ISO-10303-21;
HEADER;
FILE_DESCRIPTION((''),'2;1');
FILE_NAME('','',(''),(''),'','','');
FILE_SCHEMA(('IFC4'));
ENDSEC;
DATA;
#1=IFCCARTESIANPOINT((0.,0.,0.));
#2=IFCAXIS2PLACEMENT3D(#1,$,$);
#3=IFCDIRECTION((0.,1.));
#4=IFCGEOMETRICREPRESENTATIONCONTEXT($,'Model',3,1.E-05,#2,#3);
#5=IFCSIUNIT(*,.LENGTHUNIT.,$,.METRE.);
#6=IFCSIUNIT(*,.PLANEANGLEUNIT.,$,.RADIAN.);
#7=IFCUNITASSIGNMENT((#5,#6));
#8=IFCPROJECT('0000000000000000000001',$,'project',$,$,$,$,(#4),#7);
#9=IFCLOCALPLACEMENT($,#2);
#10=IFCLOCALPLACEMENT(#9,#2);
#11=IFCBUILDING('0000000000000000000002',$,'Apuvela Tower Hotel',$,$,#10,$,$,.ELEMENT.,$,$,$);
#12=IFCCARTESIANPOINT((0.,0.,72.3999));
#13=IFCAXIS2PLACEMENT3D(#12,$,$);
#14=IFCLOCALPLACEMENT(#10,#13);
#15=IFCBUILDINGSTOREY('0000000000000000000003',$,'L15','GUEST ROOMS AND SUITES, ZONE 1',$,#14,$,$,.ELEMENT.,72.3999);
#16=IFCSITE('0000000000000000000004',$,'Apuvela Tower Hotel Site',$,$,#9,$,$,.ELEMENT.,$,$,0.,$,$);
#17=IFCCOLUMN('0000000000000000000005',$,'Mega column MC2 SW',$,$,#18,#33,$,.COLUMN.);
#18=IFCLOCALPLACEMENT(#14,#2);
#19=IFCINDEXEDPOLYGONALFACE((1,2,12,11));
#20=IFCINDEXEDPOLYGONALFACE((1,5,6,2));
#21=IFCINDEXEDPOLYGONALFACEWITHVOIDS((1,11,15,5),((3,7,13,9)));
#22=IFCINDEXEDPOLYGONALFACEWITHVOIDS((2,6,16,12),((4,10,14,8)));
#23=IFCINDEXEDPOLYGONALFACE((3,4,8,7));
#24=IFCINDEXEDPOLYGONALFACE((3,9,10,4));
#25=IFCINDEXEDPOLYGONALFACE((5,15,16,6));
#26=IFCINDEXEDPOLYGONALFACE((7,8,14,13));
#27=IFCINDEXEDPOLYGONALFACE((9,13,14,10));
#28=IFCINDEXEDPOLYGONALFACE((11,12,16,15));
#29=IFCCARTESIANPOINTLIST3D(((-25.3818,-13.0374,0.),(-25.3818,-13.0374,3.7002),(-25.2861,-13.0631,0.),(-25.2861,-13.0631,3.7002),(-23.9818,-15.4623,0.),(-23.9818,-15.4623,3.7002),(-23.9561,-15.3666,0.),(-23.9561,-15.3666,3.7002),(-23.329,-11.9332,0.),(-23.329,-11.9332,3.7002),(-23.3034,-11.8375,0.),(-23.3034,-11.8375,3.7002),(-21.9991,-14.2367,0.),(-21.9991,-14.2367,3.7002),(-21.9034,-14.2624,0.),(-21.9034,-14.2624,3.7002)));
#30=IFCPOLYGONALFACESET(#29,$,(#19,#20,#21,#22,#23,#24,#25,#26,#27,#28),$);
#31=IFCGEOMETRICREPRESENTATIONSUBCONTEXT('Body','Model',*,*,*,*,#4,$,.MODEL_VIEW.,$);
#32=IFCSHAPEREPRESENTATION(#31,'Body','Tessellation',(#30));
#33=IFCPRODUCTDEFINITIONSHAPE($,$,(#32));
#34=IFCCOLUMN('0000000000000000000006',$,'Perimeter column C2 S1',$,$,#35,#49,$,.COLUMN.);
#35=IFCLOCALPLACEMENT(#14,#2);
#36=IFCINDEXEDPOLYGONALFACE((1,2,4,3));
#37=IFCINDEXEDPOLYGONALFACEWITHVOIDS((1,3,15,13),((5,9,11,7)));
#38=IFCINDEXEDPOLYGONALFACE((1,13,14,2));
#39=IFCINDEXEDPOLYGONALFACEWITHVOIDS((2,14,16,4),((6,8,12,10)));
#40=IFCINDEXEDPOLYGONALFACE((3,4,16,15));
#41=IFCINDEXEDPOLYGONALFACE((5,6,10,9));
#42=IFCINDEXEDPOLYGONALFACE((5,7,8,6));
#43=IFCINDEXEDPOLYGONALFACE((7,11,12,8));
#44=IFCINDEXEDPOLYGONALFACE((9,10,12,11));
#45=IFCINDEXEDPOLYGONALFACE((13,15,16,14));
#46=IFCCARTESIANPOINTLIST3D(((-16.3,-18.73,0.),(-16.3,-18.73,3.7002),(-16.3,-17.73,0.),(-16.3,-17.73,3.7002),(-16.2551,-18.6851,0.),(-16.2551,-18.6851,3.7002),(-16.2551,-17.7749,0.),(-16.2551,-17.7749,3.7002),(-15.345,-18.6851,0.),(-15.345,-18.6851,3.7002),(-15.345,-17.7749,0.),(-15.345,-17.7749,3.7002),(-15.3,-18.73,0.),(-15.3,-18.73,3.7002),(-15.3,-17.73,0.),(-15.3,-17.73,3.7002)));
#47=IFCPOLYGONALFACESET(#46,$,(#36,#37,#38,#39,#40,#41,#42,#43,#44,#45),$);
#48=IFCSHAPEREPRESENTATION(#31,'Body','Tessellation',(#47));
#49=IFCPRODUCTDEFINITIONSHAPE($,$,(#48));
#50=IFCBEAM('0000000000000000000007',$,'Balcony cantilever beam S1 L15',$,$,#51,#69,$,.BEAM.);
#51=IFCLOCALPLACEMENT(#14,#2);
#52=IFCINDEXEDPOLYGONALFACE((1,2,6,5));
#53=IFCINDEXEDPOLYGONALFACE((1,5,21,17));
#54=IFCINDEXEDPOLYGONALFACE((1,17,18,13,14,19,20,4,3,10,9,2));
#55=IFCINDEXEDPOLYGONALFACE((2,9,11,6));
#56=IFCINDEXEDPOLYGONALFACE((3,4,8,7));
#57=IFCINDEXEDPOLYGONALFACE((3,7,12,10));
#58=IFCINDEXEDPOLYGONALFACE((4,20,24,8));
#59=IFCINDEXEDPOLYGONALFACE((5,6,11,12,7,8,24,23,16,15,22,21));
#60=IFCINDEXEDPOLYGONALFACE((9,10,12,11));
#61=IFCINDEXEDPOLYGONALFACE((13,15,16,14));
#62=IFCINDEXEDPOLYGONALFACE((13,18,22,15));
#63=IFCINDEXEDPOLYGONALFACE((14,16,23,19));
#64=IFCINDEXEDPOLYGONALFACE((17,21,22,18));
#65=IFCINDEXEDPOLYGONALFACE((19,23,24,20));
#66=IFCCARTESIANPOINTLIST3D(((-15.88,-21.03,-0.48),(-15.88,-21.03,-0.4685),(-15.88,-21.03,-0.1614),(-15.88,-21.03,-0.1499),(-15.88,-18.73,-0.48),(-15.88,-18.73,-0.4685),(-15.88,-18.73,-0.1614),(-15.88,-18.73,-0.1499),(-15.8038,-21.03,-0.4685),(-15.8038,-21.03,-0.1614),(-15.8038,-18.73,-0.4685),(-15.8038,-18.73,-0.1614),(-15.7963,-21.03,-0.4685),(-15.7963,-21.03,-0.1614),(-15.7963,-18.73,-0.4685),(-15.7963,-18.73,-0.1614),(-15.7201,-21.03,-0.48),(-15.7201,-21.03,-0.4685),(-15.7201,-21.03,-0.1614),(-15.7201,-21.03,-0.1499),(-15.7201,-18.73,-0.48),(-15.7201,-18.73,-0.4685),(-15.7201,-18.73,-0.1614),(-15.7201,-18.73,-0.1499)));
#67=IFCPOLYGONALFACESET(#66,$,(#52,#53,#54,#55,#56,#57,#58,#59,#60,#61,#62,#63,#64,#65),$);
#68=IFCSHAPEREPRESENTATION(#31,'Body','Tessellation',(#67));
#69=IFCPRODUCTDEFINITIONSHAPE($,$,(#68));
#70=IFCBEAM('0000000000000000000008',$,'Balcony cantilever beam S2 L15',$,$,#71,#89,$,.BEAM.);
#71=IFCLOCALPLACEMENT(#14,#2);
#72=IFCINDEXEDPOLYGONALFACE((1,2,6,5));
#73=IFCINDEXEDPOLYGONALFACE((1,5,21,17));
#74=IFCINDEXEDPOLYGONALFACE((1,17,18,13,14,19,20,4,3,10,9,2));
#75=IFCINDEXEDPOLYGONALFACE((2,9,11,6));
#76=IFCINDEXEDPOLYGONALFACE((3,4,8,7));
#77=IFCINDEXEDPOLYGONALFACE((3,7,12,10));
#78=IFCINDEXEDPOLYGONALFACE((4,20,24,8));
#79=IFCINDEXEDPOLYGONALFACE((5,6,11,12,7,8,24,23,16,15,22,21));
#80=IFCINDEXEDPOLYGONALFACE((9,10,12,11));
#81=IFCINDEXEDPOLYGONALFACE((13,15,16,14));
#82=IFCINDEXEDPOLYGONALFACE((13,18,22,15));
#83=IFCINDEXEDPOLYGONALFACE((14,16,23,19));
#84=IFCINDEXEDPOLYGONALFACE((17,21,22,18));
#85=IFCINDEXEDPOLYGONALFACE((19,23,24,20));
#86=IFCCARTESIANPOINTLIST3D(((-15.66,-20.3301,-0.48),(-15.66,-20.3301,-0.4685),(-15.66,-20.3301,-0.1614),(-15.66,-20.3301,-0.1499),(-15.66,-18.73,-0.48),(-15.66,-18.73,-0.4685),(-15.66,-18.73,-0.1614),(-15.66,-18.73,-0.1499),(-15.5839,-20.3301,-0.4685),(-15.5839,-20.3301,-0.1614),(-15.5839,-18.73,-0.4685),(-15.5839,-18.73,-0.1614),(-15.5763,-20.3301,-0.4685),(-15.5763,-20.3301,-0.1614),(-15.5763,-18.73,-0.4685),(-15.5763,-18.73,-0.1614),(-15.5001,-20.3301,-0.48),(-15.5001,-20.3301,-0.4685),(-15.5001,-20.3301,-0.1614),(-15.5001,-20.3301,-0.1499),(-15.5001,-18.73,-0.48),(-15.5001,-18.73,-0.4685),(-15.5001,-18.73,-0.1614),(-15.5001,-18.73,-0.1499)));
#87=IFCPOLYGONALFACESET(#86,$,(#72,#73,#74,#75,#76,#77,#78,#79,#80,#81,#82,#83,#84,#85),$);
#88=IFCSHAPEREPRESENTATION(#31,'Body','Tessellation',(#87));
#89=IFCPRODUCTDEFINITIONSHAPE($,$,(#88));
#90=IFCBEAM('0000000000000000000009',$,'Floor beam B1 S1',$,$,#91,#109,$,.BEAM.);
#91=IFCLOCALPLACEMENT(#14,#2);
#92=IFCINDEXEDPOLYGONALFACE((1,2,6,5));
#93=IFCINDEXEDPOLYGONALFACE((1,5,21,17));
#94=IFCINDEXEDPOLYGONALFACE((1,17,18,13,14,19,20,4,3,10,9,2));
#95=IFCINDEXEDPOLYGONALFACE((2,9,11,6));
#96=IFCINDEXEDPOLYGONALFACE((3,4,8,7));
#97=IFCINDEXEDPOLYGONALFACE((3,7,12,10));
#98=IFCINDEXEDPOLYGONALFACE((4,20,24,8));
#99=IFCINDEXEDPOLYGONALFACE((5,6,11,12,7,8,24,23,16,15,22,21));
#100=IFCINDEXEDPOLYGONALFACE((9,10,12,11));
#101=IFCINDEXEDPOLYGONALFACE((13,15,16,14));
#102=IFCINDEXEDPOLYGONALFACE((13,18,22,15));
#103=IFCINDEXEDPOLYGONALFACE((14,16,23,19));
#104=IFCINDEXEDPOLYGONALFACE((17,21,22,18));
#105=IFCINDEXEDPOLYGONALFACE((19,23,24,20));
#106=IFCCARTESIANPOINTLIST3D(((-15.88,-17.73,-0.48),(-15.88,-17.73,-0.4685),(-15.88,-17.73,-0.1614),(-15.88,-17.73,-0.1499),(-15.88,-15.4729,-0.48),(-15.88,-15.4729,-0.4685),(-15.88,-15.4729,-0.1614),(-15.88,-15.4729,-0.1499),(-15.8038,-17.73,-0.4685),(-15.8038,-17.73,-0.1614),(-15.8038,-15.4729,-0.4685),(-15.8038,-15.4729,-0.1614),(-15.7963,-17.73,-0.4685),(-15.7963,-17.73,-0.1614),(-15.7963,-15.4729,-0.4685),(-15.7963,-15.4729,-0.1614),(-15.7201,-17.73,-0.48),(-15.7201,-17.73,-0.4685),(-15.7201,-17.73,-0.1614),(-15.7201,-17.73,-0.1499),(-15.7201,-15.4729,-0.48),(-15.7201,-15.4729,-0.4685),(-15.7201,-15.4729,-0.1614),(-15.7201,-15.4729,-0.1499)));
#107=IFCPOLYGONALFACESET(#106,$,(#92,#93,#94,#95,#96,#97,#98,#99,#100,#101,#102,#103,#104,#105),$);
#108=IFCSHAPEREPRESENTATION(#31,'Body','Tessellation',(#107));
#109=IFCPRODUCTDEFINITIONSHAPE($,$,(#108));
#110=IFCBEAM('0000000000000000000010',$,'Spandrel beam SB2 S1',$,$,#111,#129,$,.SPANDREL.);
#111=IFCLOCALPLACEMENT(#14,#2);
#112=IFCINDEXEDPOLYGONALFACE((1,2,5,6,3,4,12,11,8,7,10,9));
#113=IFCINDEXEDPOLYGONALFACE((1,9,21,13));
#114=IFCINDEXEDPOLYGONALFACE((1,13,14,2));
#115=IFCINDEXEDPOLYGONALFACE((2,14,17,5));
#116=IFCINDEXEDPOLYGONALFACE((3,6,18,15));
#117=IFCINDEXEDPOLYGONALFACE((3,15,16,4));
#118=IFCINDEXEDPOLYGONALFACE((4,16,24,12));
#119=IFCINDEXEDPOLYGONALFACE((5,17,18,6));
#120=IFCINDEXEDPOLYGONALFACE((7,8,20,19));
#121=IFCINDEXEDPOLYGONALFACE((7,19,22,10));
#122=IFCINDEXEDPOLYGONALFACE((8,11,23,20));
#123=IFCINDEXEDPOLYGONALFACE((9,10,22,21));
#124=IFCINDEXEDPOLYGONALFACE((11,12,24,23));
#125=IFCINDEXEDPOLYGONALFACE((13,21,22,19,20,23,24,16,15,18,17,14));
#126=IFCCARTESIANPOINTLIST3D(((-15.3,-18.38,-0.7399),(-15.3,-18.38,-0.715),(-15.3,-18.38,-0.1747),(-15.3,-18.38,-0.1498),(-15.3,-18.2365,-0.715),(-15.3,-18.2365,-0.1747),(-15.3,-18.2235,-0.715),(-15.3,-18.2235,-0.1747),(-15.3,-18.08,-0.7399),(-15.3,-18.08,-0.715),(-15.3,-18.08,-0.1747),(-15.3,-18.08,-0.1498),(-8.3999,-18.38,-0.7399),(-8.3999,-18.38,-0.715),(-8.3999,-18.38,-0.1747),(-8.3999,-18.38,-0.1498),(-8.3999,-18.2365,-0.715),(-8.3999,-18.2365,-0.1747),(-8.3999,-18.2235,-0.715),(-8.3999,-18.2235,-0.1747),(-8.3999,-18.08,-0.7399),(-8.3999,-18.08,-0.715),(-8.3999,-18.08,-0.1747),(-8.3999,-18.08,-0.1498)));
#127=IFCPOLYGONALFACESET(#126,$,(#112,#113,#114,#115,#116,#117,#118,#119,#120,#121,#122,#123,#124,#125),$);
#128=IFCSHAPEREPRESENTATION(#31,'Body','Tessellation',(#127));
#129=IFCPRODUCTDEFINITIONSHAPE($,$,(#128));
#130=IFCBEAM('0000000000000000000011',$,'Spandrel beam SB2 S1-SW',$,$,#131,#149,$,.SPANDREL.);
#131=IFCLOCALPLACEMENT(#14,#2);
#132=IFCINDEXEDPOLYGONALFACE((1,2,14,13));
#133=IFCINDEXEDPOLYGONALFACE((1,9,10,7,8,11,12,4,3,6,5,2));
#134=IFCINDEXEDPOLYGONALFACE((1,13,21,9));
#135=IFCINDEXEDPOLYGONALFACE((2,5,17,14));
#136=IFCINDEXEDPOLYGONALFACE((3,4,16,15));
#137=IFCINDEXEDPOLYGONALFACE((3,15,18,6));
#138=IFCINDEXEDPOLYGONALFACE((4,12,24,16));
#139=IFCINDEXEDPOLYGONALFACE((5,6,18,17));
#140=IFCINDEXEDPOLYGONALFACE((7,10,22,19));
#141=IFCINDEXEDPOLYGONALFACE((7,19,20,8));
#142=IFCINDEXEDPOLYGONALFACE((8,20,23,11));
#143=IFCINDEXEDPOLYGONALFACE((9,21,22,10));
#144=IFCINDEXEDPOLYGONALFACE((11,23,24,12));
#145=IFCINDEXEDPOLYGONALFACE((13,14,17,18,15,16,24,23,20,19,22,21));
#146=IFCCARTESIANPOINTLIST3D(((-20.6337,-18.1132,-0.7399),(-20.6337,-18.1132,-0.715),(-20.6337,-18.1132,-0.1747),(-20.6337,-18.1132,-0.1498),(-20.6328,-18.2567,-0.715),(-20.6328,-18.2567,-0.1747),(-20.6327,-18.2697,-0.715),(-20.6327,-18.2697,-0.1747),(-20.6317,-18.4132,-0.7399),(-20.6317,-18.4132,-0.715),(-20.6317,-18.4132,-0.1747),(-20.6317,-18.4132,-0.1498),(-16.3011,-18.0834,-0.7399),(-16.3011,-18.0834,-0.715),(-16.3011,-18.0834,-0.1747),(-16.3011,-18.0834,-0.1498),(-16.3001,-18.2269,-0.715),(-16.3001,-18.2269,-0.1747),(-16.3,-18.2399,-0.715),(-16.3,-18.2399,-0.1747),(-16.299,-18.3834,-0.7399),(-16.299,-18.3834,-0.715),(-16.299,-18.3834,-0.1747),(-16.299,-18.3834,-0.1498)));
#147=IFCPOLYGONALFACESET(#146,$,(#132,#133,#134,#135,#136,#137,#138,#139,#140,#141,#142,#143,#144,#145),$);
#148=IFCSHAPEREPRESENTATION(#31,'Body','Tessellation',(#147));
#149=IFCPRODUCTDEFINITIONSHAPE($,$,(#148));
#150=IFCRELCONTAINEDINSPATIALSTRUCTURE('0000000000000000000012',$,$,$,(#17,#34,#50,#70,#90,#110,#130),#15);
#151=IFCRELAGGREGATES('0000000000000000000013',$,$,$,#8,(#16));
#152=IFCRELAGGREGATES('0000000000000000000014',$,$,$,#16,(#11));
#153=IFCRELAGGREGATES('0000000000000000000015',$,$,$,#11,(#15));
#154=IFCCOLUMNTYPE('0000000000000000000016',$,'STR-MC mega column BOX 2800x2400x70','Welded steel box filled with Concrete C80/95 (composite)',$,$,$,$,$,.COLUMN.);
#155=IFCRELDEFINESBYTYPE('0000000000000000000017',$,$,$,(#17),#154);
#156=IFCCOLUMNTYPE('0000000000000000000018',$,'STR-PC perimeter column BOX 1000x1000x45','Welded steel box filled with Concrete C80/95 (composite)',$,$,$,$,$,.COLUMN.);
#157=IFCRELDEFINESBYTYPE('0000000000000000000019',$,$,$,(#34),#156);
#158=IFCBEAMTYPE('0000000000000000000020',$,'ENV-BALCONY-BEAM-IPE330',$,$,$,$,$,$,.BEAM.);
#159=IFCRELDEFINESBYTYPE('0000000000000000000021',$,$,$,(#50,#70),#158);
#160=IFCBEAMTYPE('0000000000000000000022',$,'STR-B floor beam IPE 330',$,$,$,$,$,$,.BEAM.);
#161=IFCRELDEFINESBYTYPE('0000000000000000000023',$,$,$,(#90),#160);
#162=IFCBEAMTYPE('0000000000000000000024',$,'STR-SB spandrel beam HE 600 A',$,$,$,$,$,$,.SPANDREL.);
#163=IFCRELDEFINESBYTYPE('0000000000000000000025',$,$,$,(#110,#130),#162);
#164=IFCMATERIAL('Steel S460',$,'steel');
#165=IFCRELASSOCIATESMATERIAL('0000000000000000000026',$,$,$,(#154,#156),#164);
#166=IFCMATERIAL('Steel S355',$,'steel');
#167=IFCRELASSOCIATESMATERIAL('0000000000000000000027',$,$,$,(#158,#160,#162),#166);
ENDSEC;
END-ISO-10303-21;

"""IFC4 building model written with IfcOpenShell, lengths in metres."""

from ifc_helpers import new_model, si_unit, direction, frame, origin, origin_2d, place, context, subcontext, project, spatial, rectangle, hollow_rectangle, i_section, extrude, material, material_profile, profile_set, type_object, element, save


model = new_model("IFC4")

# Units and contexts
model_context = context("Model", 3, precision=1e-05, world=origin(), true_north=direction((0.0, 1.0)))
body_context = subcontext(model_context, "Body", "Model", "MODEL_VIEW")
ifc_project = project(units=[si_unit("LENGTHUNIT", "METRE"), si_unit("PLANEANGLEUNIT", "RADIAN")], contexts=[model_context])

# Site, building, storey
site_placement = place(None, origin())
site = spatial("IfcSite", under=ifc_project, at=site_placement, Name="Apuvela Tower Hotel Site", CompositionType="ELEMENT", RefElevation=0.0)
building_placement = place(site_placement, origin())
building = spatial("IfcBuilding", under=site, at=building_placement, Name="Apuvela Tower Hotel", CompositionType="ELEMENT")
storey_placement = place(building_placement, frame((0.0, 0.0, 72.3999)))
storey = spatial("IfcBuildingStorey", under=building, at=storey_placement, Name="L15", Description="GUEST ROOMS AND SUITES, ZONE 1", CompositionType="ELEMENT", Elevation=72.3999)

# Columns
ifc_material_1 = material(Name="Steel S460", Category="steel")
ifc_material_profile_1 = material_profile(ifc_material_1, hollow_rectangle(XDim=2.8, YDim=2.3999, WallThickness=0.0701, at=origin_2d()), Name="BOX 2800x2400x70")
ifc_material_2 = material(Name="Concrete C80/95", Category="concrete")
ifc_material_profile_2 = material_profile(ifc_material_2, rectangle(XDim=2.6599, YDim=2.26, at=origin_2d()), Name="Concrete C80/95 infill")
ifc_profile_set_1 = profile_set([ifc_material_profile_1, ifc_material_profile_2], Name="Steel S460")
column_type_1 = type_object("IfcColumnType", Name="STR-MC mega column BOX 2800x2400x70", Description="Welded steel box filled with Concrete C80/95 (composite)", PredefinedType="COLUMN", material=ifc_profile_set_1)
column_1_placement = place(storey_placement, frame((-23.6426, -13.6499, 0.0), z_axis=(0.0, 0.0, 1.0), x_axis=(-0.5, 0.866025, 0.0)))
element("IfcColumn", 1, at=column_1_placement, inside=storey, type_object=column_type_1, Name="Mega column MC2 SW", PredefinedType="COLUMN", context=body_context, shape_type="SweptSolid", body=[
    extrude(hollow_rectangle(XDim=2.8, YDim=2.3999, WallThickness=0.0701, at=origin_2d()), origin(), (0.0, 0.0, 1.0), 3.7002),
])
ifc_material_profile_3 = material_profile(ifc_material_1, hollow_rectangle(XDim=1.0, YDim=1.0, WallThickness=0.0449, at=origin_2d()), Name="BOX 1000x1000x45")
ifc_material_profile_4 = material_profile(ifc_material_2, rectangle(XDim=0.9099, YDim=0.9099, at=origin_2d()), Name="Concrete C80/95 infill")
ifc_profile_set_2 = profile_set([ifc_material_profile_3, ifc_material_profile_4], Name="Steel S460")
column_type_2 = type_object("IfcColumnType", Name="STR-PC perimeter column BOX 1000x1000x45", Description="Welded steel box filled with Concrete C80/95 (composite)", PredefinedType="COLUMN", material=ifc_profile_set_2)
column_2_placement = place(storey_placement, frame((-15.8, -18.23, 0.0), z_axis=(0.0, 0.0, 1.0), x_axis=(-1.0, 0.0, 0.0)))
element("IfcColumn", 2, at=column_2_placement, inside=storey, type_object=column_type_2, Name="Perimeter column C2 S1", PredefinedType="COLUMN", context=body_context, shape_type="SweptSolid", body=[
    extrude(hollow_rectangle(XDim=1.0, YDim=1.0, WallThickness=0.0449, at=origin_2d()), origin(), (0.0, 0.0, 1.0), 3.7002),
])

# Beams
ifc_material_3 = material(Name="Steel S355", Category="steel")
ifc_material_profile_5 = material_profile(ifc_material_3, i_section(OverallWidth=0.1599, OverallDepth=0.3301, WebThickness=0.0076, FlangeThickness=0.0115, at=origin_2d()), Name="IPE 330")
ifc_profile_set_3 = profile_set([ifc_material_profile_5], Name="Steel S355")
beam_type_1 = type_object("IfcBeamType", Name="ENV-BALCONY-BEAM-IPE330", PredefinedType="BEAM", material=ifc_profile_set_3)
beam_1_placement = place(storey_placement, frame((-15.8, -18.73, -0.3149), z_axis=(0.0, -1.0, 0.0), x_axis=(1.0, 0.0, 0.0)))
element("IfcBeam", 3, at=beam_1_placement, inside=storey, type_object=beam_type_1, Name="Balcony cantilever beam S1 L15", PredefinedType="BEAM", context=body_context, shape_type="SweptSolid", body=[
    extrude(i_section(OverallWidth=0.1599, OverallDepth=0.3301, WebThickness=0.0076, FlangeThickness=0.0115, at=origin_2d()), origin(), (0.0, 0.0, 1.0), 2.3),
])
beam_2_placement = place(storey_placement, frame((-15.5801, -18.73, -0.3149), z_axis=(0.0, -1.0, 0.0), x_axis=(1.0, 0.0, 0.0)))
element("IfcBeam", 4, at=beam_2_placement, inside=storey, type_object=beam_type_1, Name="Balcony cantilever beam S2 L15", PredefinedType="BEAM", context=body_context, shape_type="SweptSolid", body=[
    extrude(i_section(OverallWidth=0.1599, OverallDepth=0.3301, WebThickness=0.0076, FlangeThickness=0.0115, at=origin_2d()), origin(), (0.0, 0.0, 1.0), 1.6001),
])
ifc_material_profile_6 = material_profile(ifc_material_3, i_section(OverallWidth=0.1599, OverallDepth=0.3301, WebThickness=0.0076, FlangeThickness=0.0115, at=origin_2d()), Name="IPE 330")
ifc_profile_set_4 = profile_set([ifc_material_profile_6], Name="Steel S355")
beam_type_2 = type_object("IfcBeamType", Name="STR-B floor beam IPE 330", PredefinedType="BEAM", material=ifc_profile_set_4)
beam_3_placement = place(storey_placement, frame((-15.8, -17.73, -0.3149), z_axis=(0.0, 1.0, 0.0), x_axis=(-1.0, 0.0, 0.0)))
element("IfcBeam", 5, at=beam_3_placement, inside=storey, type_object=beam_type_2, Name="Floor beam B1 S1", PredefinedType="BEAM", context=body_context, shape_type="SweptSolid", body=[
    extrude(i_section(OverallWidth=0.1599, OverallDepth=0.3301, WebThickness=0.0076, FlangeThickness=0.0115, at=origin_2d()), origin(), (0.0, 0.0, 1.0), 2.2571),
])
ifc_material_profile_7 = material_profile(ifc_material_3, i_section(OverallWidth=0.3, OverallDepth=0.5901, WebThickness=0.0129, FlangeThickness=0.0249, at=origin_2d()), Name="HE 600 A")
ifc_profile_set_5 = profile_set([ifc_material_profile_7], Name="Steel S355")
beam_type_3 = type_object("IfcBeamType", Name="STR-SB spandrel beam HE 600 A", PredefinedType="SPANDREL", material=ifc_profile_set_5)
beam_4_placement = place(storey_placement, frame((-15.3, -18.23, -0.4448), z_axis=(1.0, 0.0, 0.0), x_axis=(0.0, 1.0, 0.0)))
element("IfcBeam", 6, at=beam_4_placement, inside=storey, type_object=beam_type_3, Name="Spandrel beam SB2 S1", PredefinedType="SPANDREL", context=body_context, shape_type="SweptSolid", body=[
    extrude(i_section(OverallWidth=0.3, OverallDepth=0.5901, WebThickness=0.0129, FlangeThickness=0.0249, at=origin_2d()), origin(), (0.0, 0.0, 1.0), 6.9001),
])
beam_5_placement = place(storey_placement, frame((-16.3, -18.2334, -0.4448), z_axis=(-0.999976, -0.006874, 0.0), x_axis=(0.006874, -0.999976, 0.0)))
element("IfcBeam", 7, at=beam_5_placement, inside=storey, type_object=beam_type_3, Name="Spandrel beam SB2 S1-SW", PredefinedType="SPANDREL", context=body_context, shape_type="SweptSolid", body=[
    extrude(i_section(OverallWidth=0.3, OverallDepth=0.5901, WebThickness=0.0129, FlangeThickness=0.0249, at=origin_2d()), origin(), (0.0, 0.0, 1.0), 4.3328),
])

save(model, "model.ifc")
